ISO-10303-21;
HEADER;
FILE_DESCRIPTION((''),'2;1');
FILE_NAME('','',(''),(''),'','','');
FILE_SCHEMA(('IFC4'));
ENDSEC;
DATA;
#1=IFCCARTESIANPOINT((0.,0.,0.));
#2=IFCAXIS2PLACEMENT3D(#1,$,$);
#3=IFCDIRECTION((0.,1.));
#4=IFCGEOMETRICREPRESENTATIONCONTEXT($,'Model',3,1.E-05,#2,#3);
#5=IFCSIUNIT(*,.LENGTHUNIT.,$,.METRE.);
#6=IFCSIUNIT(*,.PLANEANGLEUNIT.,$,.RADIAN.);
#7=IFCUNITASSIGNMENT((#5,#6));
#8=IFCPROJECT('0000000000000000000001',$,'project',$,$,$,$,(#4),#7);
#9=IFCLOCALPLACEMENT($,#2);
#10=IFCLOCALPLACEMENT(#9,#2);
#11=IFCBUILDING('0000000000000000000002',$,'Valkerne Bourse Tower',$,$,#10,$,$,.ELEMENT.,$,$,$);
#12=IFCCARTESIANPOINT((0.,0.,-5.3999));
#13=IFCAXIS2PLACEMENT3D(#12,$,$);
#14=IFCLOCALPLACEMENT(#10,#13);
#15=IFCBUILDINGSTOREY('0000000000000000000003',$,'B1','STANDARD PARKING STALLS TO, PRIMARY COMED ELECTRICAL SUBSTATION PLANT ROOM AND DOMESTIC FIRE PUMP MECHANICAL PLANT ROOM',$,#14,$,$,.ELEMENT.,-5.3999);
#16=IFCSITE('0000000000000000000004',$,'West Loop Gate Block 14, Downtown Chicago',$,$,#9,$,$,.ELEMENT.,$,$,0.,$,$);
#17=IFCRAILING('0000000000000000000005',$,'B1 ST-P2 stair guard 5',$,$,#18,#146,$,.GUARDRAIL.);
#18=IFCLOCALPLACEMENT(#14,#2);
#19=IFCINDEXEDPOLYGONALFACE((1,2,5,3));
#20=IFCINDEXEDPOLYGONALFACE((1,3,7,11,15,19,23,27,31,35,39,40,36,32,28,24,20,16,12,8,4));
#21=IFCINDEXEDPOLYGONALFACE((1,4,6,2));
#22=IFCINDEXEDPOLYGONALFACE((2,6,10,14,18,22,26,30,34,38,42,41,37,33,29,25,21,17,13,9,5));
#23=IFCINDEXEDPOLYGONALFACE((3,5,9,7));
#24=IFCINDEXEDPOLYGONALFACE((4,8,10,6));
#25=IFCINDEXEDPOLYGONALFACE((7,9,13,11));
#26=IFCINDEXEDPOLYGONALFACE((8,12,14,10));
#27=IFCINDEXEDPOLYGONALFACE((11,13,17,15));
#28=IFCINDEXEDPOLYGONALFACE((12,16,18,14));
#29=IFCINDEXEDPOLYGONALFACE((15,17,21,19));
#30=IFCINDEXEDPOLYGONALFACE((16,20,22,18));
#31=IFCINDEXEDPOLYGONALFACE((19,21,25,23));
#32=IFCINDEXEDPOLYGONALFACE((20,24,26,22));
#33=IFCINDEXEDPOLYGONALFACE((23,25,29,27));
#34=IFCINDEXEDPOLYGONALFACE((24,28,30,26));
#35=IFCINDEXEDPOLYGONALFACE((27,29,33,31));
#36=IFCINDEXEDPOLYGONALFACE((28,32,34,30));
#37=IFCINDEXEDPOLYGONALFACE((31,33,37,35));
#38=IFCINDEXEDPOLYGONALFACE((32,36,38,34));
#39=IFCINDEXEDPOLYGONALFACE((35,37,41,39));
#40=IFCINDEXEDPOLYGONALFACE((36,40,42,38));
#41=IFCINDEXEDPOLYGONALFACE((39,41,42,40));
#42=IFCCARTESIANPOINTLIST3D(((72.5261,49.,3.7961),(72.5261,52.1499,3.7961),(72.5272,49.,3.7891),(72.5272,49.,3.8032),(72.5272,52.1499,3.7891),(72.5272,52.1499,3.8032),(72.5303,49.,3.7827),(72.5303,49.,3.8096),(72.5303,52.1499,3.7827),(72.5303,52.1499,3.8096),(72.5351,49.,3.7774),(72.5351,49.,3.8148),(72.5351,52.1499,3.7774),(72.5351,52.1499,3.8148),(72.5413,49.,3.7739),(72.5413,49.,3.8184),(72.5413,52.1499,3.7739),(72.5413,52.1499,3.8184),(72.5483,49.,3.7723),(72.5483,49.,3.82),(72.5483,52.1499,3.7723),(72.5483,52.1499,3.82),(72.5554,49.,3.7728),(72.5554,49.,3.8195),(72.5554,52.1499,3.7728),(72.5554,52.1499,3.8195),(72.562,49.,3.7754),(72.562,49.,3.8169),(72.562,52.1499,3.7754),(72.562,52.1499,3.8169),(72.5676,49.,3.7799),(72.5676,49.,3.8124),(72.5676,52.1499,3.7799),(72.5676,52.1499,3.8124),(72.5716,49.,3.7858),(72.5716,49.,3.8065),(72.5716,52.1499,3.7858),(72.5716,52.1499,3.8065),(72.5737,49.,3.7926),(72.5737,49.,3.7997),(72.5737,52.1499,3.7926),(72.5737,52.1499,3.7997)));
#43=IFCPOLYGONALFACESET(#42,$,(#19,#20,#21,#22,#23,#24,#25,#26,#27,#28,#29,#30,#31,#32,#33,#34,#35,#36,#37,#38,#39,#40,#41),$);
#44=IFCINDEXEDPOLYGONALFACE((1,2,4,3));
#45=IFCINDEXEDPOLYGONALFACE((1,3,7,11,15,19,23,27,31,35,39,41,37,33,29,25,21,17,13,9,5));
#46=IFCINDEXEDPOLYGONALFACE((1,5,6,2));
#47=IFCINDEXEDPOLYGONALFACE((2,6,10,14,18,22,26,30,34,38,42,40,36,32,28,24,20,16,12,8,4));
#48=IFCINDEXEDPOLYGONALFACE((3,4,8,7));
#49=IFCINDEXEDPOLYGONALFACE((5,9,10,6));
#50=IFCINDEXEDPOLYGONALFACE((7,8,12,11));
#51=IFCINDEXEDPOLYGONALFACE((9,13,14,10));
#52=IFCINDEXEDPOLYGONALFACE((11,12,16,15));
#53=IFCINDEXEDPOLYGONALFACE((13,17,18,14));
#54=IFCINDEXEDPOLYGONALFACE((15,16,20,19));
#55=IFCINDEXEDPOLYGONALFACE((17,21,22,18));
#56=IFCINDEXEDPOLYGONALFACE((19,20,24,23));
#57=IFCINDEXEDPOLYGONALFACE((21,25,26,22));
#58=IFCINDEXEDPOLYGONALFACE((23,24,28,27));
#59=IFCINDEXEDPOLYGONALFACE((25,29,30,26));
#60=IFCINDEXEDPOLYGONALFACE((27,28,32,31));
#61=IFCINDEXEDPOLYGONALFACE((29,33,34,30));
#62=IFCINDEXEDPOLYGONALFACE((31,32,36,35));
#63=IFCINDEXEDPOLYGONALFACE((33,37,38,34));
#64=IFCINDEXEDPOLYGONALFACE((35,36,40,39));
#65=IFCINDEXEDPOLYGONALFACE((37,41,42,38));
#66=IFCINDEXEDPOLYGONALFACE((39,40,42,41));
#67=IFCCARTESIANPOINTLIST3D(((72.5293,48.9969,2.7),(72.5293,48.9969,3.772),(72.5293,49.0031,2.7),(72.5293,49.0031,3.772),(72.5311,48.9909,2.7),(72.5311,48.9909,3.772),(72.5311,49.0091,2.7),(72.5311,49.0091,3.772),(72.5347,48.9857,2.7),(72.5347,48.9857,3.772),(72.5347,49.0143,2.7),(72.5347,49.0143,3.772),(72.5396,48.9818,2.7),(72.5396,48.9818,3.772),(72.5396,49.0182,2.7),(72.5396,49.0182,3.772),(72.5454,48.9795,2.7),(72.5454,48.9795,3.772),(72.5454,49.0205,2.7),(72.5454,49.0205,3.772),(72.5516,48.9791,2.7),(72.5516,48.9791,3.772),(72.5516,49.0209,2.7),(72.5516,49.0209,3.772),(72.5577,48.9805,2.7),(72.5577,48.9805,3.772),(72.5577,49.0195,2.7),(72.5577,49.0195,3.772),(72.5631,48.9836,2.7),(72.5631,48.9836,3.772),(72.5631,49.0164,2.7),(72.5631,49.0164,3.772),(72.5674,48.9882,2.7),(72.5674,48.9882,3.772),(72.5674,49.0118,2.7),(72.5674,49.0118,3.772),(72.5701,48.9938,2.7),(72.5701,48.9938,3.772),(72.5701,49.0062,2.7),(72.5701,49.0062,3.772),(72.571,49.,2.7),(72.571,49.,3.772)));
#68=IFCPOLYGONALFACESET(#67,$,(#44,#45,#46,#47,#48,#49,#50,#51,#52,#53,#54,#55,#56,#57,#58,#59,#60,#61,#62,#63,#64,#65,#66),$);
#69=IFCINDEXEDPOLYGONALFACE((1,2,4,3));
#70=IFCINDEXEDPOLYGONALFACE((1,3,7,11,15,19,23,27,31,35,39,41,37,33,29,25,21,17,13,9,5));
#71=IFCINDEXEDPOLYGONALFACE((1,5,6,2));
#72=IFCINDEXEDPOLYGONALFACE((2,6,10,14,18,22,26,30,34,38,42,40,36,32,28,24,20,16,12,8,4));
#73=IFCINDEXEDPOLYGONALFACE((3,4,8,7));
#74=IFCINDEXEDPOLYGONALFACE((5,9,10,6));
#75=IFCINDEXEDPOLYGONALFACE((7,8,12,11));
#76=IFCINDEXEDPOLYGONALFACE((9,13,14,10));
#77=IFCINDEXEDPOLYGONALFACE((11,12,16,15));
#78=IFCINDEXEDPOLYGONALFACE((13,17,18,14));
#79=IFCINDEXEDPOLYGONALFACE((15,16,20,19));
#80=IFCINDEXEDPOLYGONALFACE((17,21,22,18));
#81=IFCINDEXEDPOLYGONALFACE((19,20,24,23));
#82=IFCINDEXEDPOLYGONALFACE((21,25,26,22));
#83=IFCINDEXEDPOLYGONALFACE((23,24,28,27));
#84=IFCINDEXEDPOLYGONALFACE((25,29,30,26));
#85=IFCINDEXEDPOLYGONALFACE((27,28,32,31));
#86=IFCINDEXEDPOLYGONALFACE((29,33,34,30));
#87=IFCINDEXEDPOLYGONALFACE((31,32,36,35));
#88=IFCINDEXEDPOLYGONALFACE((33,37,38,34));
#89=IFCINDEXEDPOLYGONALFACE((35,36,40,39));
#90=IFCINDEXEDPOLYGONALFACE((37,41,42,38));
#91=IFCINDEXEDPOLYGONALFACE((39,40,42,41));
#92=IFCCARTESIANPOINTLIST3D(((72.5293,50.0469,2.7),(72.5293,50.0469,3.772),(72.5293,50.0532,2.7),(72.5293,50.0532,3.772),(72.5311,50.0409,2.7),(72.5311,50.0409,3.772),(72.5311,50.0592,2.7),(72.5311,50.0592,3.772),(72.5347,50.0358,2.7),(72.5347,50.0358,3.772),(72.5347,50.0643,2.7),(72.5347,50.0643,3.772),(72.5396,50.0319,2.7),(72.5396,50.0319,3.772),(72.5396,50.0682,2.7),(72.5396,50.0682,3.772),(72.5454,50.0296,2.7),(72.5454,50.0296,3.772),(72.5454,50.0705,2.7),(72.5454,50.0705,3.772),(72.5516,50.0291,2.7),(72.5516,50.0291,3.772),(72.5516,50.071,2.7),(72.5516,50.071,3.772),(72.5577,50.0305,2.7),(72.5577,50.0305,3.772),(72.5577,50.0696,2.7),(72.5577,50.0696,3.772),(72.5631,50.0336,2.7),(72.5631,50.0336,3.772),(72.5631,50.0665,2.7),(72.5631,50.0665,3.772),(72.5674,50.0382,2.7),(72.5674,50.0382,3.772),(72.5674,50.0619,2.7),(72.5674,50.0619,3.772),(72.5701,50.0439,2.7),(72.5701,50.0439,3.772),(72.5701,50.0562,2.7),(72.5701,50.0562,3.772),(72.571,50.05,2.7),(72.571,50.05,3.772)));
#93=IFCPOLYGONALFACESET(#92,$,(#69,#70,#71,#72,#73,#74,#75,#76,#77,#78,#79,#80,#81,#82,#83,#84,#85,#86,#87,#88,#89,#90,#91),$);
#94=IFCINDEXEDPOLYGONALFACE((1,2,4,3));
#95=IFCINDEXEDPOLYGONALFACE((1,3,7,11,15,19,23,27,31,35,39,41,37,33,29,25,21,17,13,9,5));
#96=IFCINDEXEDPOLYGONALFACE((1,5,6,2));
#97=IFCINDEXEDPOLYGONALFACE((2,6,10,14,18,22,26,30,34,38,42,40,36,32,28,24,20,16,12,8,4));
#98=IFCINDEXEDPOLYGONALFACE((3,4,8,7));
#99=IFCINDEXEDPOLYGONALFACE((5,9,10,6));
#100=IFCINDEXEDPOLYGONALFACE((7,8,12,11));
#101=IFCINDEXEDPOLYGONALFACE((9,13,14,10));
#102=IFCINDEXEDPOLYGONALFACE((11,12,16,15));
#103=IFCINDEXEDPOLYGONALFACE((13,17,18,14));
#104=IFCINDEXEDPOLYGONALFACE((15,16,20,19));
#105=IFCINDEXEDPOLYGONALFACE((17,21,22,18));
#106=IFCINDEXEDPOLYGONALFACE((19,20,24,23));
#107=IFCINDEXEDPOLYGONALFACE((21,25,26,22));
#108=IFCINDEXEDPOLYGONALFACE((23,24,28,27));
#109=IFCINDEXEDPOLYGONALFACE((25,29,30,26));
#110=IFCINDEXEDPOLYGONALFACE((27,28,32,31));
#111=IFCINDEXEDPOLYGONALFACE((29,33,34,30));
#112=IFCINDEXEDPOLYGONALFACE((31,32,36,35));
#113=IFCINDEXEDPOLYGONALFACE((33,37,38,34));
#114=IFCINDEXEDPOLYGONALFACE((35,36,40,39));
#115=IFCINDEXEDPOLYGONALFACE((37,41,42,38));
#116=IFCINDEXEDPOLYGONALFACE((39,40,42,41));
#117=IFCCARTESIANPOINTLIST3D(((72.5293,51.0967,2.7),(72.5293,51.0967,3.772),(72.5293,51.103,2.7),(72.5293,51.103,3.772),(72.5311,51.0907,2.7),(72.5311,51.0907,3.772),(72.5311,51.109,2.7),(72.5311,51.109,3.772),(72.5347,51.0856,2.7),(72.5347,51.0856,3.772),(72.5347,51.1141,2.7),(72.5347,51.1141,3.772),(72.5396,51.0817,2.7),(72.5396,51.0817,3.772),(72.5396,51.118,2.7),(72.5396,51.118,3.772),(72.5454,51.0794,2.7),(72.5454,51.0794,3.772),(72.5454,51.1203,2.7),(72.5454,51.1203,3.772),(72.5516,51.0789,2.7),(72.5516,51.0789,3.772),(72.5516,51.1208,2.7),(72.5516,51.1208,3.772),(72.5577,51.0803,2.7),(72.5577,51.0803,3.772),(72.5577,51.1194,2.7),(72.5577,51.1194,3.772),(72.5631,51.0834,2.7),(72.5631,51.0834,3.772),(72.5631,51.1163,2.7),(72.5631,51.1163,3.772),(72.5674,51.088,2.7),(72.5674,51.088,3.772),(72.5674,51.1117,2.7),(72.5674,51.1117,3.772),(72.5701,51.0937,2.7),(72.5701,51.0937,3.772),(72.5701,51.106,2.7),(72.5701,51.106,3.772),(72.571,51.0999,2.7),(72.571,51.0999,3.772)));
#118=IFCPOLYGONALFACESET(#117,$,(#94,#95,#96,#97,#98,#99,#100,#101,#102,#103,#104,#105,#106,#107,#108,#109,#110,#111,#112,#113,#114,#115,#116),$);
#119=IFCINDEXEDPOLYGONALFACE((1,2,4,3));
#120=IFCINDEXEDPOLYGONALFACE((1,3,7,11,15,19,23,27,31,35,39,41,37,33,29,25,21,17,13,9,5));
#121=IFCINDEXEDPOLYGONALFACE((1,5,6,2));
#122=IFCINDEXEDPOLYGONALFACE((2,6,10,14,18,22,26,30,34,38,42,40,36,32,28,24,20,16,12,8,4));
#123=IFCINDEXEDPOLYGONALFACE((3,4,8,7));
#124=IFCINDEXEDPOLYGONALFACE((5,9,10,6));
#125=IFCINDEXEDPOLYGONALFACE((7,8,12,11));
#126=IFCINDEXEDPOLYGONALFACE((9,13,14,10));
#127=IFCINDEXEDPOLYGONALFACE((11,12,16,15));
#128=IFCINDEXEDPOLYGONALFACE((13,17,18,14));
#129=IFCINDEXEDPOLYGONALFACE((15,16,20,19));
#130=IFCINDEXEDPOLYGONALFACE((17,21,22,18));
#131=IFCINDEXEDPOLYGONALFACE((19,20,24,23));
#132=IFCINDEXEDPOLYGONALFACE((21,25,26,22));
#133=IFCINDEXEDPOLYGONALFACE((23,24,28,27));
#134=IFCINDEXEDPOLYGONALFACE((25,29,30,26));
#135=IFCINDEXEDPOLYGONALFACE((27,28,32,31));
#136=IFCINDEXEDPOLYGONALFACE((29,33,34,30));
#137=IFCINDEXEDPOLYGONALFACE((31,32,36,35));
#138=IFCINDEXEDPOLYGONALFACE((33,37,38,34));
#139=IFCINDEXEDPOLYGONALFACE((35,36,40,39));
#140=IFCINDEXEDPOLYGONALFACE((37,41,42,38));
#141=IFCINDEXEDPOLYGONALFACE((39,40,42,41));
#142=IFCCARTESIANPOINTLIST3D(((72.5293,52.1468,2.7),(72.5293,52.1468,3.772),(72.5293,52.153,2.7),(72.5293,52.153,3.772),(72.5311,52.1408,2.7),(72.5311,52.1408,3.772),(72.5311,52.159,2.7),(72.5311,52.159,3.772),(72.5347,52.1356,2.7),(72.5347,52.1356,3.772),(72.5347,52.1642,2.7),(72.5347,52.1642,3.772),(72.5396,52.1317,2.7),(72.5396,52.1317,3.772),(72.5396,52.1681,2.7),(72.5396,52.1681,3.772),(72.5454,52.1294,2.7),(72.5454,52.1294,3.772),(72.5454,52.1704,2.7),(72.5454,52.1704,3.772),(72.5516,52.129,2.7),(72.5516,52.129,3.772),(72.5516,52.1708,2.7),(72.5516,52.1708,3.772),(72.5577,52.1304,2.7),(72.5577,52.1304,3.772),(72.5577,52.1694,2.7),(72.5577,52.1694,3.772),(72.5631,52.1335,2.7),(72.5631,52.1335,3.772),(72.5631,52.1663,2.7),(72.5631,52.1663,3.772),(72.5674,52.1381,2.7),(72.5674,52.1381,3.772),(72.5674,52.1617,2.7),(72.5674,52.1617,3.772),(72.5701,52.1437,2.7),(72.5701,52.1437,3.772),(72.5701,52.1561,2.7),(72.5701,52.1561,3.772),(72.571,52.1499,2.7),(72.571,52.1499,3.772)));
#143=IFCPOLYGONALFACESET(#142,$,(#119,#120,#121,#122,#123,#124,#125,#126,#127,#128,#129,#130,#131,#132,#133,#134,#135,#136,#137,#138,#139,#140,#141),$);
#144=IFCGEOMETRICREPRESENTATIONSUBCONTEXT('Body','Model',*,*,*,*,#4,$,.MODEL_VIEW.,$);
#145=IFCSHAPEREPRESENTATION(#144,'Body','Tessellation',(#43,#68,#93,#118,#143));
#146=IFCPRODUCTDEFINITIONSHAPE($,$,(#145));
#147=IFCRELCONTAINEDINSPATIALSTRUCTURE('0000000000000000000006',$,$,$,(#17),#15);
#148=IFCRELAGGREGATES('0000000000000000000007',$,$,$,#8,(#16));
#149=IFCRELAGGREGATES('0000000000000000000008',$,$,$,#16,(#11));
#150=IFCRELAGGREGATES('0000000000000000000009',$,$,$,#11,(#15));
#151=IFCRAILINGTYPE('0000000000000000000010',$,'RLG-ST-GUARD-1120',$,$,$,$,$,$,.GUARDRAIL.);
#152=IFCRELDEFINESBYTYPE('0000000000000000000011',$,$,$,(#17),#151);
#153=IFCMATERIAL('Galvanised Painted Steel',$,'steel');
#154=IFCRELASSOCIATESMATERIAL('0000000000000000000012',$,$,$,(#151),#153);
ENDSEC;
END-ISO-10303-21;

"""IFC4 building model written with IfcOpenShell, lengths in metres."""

from ifc_helpers import new_model, si_unit, direction, frame, origin, origin_2d, place, context, subcontext, project, spatial, circle, extrude, material, type_object, element, save


model = new_model("IFC4")

# Units and contexts
model_context = context("Model", 3, precision=1e-05, world=origin(), true_north=direction((0.0, 1.0)))
body_context = subcontext(model_context, "Body", "Model", "MODEL_VIEW")
ifc_project = project(units=[si_unit("LENGTHUNIT", "METRE"), si_unit("PLANEANGLEUNIT", "RADIAN")], contexts=[model_context])

# Site, building, storey
site_placement = place(None, origin())
site = spatial("IfcSite", under=ifc_project, at=site_placement, Name="West Loop Gate Block 14, Downtown Chicago", CompositionType="ELEMENT", RefElevation=0.0)
building_placement = place(site_placement, origin())
building = spatial("IfcBuilding", under=site, at=building_placement, Name="Valkerne Bourse Tower", CompositionType="ELEMENT")
storey_placement = place(building_placement, frame((0.0, 0.0, -5.3999)))
storey = spatial("IfcBuildingStorey", under=building, at=storey_placement, Name="B1", Description="STANDARD PARKING STALLS TO, PRIMARY COMED ELECTRICAL SUBSTATION PLANT ROOM AND DOMESTIC FIRE PUMP MECHANICAL PLANT ROOM", CompositionType="ELEMENT", Elevation=-5.3999)

# Shared definitions
ifc_material_1 = material(Name="Galvanised Painted Steel", Category="steel")

# Railing
railing_type_1 = type_object("IfcRailingType", Name="RLG-ST-GUARD-1120", PredefinedType="GUARDRAIL", material=ifc_material_1)
railing_1_placement = place(storey_placement, frame((72.55, 49.0, 2.7)))
element("IfcRailing", 1, at=railing_1_placement, inside=storey, type_object=railing_type_1, Name="B1 ST-P2 stair guard 5", PredefinedType="GUARDRAIL", context=body_context, shape_type="SweptSolid", body=[
    extrude(circle(Radius=0.0239, at=origin_2d()), frame((0.0, 0.0, 1.0962), z_axis=(0.0, 1.0, 0.0), x_axis=(-1.0, 0.0, 0.0)), (0.0, 0.0, 1.0), 3.1499),
    extrude(circle(Radius=0.021, at=origin_2d()), origin(), (0.0, 0.0, 1.0), 1.072),
    extrude(circle(Radius=0.021, at=origin_2d()), frame((0.0, 1.05, 0.0)), (0.0, 0.0, 1.0), 1.072),
    extrude(circle(Radius=0.021, at=origin_2d()), frame((0.0, 2.0999, 0.0)), (0.0, 0.0, 1.0), 1.072),
    extrude(circle(Radius=0.021, at=origin_2d()), frame((0.0, 3.1499, 0.0)), (0.0, 0.0, 1.0), 1.072),
])

save(model, "model.ifc")
